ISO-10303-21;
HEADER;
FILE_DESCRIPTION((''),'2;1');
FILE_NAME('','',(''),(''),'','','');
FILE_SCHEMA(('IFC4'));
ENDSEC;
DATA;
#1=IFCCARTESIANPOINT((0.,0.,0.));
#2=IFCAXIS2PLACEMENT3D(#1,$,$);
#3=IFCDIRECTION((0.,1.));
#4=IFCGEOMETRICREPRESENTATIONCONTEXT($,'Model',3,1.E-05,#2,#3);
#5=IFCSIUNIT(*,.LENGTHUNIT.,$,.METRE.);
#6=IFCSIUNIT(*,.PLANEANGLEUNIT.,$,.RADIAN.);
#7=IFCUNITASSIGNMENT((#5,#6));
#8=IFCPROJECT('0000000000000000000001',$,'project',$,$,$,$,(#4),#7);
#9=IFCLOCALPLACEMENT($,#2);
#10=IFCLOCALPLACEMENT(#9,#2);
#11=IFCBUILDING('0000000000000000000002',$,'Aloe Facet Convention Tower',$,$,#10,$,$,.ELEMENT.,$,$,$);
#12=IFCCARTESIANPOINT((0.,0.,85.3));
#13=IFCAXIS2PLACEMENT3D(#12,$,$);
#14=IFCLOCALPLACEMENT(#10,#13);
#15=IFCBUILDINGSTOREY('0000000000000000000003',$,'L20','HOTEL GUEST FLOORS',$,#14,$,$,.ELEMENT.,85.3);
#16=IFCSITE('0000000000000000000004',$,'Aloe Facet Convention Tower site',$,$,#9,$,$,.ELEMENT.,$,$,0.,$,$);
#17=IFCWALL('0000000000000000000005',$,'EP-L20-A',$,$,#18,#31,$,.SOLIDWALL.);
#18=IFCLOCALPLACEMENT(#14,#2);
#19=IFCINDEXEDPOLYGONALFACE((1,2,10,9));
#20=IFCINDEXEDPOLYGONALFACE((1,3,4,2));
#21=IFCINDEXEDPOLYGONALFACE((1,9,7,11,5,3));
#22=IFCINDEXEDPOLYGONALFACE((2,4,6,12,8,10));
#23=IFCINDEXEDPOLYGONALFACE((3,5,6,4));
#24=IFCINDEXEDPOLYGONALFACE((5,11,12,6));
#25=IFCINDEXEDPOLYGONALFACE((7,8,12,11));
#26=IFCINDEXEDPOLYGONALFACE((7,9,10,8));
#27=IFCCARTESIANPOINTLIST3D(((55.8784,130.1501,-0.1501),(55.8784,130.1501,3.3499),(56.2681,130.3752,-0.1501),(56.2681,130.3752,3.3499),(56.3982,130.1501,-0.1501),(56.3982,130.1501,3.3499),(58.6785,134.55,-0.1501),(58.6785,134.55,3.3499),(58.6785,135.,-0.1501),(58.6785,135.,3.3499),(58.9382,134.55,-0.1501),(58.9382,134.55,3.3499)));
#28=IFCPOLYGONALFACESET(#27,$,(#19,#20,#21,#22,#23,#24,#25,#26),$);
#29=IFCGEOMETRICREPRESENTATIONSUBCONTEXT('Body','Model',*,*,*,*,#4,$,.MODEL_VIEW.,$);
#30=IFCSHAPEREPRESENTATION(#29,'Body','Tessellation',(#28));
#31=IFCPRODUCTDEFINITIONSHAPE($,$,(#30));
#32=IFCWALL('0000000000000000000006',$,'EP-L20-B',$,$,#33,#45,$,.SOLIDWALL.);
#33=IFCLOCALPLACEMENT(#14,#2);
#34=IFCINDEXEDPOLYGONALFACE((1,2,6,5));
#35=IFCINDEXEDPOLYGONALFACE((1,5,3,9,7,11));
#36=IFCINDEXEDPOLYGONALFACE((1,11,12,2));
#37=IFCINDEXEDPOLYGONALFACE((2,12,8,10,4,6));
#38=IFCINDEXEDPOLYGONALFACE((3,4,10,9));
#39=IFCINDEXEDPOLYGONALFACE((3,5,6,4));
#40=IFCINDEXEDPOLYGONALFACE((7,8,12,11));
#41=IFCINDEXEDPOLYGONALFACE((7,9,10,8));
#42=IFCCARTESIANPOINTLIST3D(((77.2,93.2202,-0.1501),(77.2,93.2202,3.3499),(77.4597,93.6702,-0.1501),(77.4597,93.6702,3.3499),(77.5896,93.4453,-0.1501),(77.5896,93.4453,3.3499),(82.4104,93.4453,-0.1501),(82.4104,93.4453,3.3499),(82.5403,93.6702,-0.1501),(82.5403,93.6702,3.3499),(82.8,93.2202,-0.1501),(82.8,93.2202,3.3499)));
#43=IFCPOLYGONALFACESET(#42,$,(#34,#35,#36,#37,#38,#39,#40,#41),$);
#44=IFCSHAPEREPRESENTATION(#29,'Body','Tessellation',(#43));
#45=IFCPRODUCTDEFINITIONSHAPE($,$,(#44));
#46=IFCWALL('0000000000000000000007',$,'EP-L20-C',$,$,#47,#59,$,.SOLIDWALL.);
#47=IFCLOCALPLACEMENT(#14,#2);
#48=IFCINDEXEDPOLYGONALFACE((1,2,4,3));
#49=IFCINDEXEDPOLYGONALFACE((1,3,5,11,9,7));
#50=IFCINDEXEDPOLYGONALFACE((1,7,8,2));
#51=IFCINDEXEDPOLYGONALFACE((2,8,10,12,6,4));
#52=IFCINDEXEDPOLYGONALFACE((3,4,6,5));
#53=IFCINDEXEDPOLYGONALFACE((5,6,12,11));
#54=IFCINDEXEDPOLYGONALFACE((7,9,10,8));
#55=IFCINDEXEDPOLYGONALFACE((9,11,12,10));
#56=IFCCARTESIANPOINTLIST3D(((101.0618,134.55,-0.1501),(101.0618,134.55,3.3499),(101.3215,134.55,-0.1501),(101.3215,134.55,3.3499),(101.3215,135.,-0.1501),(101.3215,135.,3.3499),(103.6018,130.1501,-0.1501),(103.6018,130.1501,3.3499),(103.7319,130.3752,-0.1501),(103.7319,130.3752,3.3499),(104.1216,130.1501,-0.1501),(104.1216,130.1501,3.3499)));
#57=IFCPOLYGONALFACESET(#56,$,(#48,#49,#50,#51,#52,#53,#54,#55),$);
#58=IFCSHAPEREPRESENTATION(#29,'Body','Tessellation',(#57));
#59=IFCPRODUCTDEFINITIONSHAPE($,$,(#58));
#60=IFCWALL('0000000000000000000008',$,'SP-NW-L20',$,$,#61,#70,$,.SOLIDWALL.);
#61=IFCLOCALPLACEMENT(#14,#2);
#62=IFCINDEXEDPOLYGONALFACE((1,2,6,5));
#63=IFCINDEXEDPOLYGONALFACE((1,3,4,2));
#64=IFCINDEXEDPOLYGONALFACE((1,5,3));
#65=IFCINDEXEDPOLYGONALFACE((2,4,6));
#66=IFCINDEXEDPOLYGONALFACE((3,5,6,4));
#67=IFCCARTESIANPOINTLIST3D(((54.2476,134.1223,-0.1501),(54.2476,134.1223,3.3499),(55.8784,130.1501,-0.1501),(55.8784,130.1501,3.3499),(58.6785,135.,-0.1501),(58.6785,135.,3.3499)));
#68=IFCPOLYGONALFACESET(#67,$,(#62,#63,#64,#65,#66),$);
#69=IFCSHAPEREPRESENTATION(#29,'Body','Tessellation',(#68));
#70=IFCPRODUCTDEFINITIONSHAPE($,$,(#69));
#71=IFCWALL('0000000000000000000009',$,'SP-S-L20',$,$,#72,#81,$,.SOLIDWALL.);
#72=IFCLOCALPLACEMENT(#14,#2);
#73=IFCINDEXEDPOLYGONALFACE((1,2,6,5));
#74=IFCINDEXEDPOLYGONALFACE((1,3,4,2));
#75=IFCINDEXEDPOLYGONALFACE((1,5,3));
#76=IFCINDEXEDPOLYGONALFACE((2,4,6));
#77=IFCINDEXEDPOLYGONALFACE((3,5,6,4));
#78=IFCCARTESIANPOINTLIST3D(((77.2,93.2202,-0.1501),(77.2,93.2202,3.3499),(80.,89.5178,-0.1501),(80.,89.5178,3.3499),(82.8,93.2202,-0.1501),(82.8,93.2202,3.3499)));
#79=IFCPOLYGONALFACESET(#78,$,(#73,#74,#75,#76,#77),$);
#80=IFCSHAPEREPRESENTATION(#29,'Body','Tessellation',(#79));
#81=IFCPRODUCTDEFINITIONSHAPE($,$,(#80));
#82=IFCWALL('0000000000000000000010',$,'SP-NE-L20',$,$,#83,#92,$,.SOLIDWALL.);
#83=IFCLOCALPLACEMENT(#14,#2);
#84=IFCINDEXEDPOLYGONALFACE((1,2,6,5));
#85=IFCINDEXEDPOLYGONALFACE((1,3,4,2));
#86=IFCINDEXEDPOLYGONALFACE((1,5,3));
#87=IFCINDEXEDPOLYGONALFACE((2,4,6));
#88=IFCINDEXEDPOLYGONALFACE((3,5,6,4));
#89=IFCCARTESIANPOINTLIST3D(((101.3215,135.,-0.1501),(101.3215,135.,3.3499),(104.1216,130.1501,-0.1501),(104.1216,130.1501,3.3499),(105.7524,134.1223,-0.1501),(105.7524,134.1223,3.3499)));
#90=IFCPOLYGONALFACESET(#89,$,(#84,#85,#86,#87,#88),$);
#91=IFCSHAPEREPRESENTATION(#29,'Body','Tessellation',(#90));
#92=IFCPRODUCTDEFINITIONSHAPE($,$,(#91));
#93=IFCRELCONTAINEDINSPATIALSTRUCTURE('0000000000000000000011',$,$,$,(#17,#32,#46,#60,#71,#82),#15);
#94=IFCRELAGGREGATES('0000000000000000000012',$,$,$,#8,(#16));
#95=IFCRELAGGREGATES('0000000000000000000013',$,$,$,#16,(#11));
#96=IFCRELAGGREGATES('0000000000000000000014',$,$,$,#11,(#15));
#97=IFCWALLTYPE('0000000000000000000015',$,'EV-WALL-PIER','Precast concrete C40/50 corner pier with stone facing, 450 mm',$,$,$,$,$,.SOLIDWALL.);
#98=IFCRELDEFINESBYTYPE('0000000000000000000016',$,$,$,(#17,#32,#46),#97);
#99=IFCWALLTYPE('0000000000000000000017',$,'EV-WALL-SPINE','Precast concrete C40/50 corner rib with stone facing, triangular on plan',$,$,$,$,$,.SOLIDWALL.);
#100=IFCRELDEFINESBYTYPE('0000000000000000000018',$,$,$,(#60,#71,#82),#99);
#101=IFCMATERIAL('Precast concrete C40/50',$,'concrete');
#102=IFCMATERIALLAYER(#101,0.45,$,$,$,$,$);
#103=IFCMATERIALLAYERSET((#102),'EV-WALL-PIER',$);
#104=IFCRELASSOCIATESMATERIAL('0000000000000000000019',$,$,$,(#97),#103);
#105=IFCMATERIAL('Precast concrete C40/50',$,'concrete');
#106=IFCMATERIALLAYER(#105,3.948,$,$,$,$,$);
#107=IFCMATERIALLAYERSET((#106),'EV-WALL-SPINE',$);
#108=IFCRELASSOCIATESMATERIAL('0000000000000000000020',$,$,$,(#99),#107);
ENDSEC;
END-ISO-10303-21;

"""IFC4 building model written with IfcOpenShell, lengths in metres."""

from ifc_helpers import new_model, si_unit, direction, frame, origin, place, context, subcontext, project, spatial, polyline, outline, extrude, material, layer, layer_set, type_object, element, save


model = new_model("IFC4")

# Units and contexts
model_context = context("Model", 3, precision=1e-05, world=origin(), true_north=direction((0.0, 1.0)))
body_context = subcontext(model_context, "Body", "Model", "MODEL_VIEW")
ifc_project = project(units=[si_unit("LENGTHUNIT", "METRE"), si_unit("PLANEANGLEUNIT", "RADIAN")], contexts=[model_context])

# Site, building, storey
site_placement = place(None, origin())
site = spatial("IfcSite", under=ifc_project, at=site_placement, Name="Aloe Facet Convention Tower site", CompositionType="ELEMENT", RefElevation=0.0)
building_placement = place(site_placement, origin())
building = spatial("IfcBuilding", under=site, at=building_placement, Name="Aloe Facet Convention Tower", CompositionType="ELEMENT")
storey_placement = place(building_placement, frame((0.0, 0.0, 85.3)))
storey = spatial("IfcBuildingStorey", under=building, at=storey_placement, Name="L20", Description="HOTEL GUEST FLOORS", CompositionType="ELEMENT", Elevation=85.3)

# Walls
ifc_material_1 = material(Name="Precast concrete C40/50", Category="concrete")
ifc_layer_1 = layer(ifc_material_1, 0.45)
ifc_layer_set_1 = layer_set([ifc_layer_1], Name="EV-WALL-PIER")
wall_type_1 = type_object("IfcWallType", Name="EV-WALL-PIER", Description="Precast concrete C40/50 corner pier with stone facing, 450 mm", PredefinedType="SOLIDWALL", material=ifc_layer_set_1)
wall_1_placement = place(storey_placement, frame((0.0, 0.0, -0.1501)))
element("IfcWall", 1, at=wall_1_placement, inside=storey, type_object=wall_type_1, Name="EP-L20-A", PredefinedType="SOLIDWALL", context=body_context, shape_type="SweptSolid", body=[
    extrude(outline(polyline([(58.6785, 135.0), (58.6785, 134.55), (58.9382, 134.55), (56.3982, 130.1501), (56.2681, 130.3752), (55.8784, 130.1501), (58.6785, 135.0)])), origin(), (0.0, 0.0, 1.0), 3.5),
])
wall_2_placement = place(storey_placement, frame((0.0, 0.0, -0.1501)))
element("IfcWall", 2, at=wall_2_placement, inside=storey, type_object=wall_type_1, Name="EP-L20-B", PredefinedType="SOLIDWALL", context=body_context, shape_type="SweptSolid", body=[
    extrude(outline(polyline([(77.2, 93.2202), (77.5896, 93.4453), (77.4597, 93.6702), (82.5403, 93.6702), (82.4104, 93.4453), (82.8, 93.2202), (77.2, 93.2202)])), origin(), (0.0, 0.0, 1.0), 3.5),
])
wall_3_placement = place(storey_placement, frame((0.0, 0.0, -0.1501)))
element("IfcWall", 3, at=wall_3_placement, inside=storey, type_object=wall_type_1, Name="EP-L20-C", PredefinedType="SOLIDWALL", context=body_context, shape_type="SweptSolid", body=[
    extrude(outline(polyline([(104.1216, 130.1501), (103.7319, 130.3752), (103.6018, 130.1501), (101.0618, 134.55), (101.3215, 134.55), (101.3215, 135.0), (104.1216, 130.1501)])), origin(), (0.0, 0.0, 1.0), 3.5),
])
ifc_material_2 = material(Name="Precast concrete C40/50", Category="concrete")
ifc_layer_2 = layer(ifc_material_2, 3.948)
ifc_layer_set_2 = layer_set([ifc_layer_2], Name="EV-WALL-SPINE")
wall_type_2 = type_object("IfcWallType", Name="EV-WALL-SPINE", Description="Precast concrete C40/50 corner rib with stone facing, triangular on plan", PredefinedType="SOLIDWALL", material=ifc_layer_set_2)
wall_4_placement = place(storey_placement, frame((0.0, 0.0, -0.1501)))
element("IfcWall", 4, at=wall_4_placement, inside=storey, type_object=wall_type_2, Name="SP-NW-L20", PredefinedType="SOLIDWALL", context=body_context, shape_type="SweptSolid", body=[
    extrude(outline(polyline([(58.6785, 135.0), (54.2476, 134.1223), (55.8784, 130.1501), (58.6785, 135.0)])), origin(), (0.0, 0.0, 1.0), 3.5),
])
wall_5_placement = place(storey_placement, frame((0.0, 0.0, -0.1501)))
element("IfcWall", 5, at=wall_5_placement, inside=storey, type_object=wall_type_2, Name="SP-S-L20", PredefinedType="SOLIDWALL", context=body_context, shape_type="SweptSolid", body=[
    extrude(outline(polyline([(77.2, 93.2202), (80.0, 89.5178), (82.8, 93.2202), (77.2, 93.2202)])), origin(), (0.0, 0.0, 1.0), 3.5),
])
wall_6_placement = place(storey_placement, frame((0.0, 0.0, -0.1501)))
element("IfcWall", 6, at=wall_6_placement, inside=storey, type_object=wall_type_2, Name="SP-NE-L20", PredefinedType="SOLIDWALL", context=body_context, shape_type="SweptSolid", body=[
    extrude(outline(polyline([(104.1216, 130.1501), (105.7524, 134.1223), (101.3215, 135.0), (104.1216, 130.1501)])), origin(), (0.0, 0.0, 1.0), 3.5),
])

save(model, "model.ifc")
